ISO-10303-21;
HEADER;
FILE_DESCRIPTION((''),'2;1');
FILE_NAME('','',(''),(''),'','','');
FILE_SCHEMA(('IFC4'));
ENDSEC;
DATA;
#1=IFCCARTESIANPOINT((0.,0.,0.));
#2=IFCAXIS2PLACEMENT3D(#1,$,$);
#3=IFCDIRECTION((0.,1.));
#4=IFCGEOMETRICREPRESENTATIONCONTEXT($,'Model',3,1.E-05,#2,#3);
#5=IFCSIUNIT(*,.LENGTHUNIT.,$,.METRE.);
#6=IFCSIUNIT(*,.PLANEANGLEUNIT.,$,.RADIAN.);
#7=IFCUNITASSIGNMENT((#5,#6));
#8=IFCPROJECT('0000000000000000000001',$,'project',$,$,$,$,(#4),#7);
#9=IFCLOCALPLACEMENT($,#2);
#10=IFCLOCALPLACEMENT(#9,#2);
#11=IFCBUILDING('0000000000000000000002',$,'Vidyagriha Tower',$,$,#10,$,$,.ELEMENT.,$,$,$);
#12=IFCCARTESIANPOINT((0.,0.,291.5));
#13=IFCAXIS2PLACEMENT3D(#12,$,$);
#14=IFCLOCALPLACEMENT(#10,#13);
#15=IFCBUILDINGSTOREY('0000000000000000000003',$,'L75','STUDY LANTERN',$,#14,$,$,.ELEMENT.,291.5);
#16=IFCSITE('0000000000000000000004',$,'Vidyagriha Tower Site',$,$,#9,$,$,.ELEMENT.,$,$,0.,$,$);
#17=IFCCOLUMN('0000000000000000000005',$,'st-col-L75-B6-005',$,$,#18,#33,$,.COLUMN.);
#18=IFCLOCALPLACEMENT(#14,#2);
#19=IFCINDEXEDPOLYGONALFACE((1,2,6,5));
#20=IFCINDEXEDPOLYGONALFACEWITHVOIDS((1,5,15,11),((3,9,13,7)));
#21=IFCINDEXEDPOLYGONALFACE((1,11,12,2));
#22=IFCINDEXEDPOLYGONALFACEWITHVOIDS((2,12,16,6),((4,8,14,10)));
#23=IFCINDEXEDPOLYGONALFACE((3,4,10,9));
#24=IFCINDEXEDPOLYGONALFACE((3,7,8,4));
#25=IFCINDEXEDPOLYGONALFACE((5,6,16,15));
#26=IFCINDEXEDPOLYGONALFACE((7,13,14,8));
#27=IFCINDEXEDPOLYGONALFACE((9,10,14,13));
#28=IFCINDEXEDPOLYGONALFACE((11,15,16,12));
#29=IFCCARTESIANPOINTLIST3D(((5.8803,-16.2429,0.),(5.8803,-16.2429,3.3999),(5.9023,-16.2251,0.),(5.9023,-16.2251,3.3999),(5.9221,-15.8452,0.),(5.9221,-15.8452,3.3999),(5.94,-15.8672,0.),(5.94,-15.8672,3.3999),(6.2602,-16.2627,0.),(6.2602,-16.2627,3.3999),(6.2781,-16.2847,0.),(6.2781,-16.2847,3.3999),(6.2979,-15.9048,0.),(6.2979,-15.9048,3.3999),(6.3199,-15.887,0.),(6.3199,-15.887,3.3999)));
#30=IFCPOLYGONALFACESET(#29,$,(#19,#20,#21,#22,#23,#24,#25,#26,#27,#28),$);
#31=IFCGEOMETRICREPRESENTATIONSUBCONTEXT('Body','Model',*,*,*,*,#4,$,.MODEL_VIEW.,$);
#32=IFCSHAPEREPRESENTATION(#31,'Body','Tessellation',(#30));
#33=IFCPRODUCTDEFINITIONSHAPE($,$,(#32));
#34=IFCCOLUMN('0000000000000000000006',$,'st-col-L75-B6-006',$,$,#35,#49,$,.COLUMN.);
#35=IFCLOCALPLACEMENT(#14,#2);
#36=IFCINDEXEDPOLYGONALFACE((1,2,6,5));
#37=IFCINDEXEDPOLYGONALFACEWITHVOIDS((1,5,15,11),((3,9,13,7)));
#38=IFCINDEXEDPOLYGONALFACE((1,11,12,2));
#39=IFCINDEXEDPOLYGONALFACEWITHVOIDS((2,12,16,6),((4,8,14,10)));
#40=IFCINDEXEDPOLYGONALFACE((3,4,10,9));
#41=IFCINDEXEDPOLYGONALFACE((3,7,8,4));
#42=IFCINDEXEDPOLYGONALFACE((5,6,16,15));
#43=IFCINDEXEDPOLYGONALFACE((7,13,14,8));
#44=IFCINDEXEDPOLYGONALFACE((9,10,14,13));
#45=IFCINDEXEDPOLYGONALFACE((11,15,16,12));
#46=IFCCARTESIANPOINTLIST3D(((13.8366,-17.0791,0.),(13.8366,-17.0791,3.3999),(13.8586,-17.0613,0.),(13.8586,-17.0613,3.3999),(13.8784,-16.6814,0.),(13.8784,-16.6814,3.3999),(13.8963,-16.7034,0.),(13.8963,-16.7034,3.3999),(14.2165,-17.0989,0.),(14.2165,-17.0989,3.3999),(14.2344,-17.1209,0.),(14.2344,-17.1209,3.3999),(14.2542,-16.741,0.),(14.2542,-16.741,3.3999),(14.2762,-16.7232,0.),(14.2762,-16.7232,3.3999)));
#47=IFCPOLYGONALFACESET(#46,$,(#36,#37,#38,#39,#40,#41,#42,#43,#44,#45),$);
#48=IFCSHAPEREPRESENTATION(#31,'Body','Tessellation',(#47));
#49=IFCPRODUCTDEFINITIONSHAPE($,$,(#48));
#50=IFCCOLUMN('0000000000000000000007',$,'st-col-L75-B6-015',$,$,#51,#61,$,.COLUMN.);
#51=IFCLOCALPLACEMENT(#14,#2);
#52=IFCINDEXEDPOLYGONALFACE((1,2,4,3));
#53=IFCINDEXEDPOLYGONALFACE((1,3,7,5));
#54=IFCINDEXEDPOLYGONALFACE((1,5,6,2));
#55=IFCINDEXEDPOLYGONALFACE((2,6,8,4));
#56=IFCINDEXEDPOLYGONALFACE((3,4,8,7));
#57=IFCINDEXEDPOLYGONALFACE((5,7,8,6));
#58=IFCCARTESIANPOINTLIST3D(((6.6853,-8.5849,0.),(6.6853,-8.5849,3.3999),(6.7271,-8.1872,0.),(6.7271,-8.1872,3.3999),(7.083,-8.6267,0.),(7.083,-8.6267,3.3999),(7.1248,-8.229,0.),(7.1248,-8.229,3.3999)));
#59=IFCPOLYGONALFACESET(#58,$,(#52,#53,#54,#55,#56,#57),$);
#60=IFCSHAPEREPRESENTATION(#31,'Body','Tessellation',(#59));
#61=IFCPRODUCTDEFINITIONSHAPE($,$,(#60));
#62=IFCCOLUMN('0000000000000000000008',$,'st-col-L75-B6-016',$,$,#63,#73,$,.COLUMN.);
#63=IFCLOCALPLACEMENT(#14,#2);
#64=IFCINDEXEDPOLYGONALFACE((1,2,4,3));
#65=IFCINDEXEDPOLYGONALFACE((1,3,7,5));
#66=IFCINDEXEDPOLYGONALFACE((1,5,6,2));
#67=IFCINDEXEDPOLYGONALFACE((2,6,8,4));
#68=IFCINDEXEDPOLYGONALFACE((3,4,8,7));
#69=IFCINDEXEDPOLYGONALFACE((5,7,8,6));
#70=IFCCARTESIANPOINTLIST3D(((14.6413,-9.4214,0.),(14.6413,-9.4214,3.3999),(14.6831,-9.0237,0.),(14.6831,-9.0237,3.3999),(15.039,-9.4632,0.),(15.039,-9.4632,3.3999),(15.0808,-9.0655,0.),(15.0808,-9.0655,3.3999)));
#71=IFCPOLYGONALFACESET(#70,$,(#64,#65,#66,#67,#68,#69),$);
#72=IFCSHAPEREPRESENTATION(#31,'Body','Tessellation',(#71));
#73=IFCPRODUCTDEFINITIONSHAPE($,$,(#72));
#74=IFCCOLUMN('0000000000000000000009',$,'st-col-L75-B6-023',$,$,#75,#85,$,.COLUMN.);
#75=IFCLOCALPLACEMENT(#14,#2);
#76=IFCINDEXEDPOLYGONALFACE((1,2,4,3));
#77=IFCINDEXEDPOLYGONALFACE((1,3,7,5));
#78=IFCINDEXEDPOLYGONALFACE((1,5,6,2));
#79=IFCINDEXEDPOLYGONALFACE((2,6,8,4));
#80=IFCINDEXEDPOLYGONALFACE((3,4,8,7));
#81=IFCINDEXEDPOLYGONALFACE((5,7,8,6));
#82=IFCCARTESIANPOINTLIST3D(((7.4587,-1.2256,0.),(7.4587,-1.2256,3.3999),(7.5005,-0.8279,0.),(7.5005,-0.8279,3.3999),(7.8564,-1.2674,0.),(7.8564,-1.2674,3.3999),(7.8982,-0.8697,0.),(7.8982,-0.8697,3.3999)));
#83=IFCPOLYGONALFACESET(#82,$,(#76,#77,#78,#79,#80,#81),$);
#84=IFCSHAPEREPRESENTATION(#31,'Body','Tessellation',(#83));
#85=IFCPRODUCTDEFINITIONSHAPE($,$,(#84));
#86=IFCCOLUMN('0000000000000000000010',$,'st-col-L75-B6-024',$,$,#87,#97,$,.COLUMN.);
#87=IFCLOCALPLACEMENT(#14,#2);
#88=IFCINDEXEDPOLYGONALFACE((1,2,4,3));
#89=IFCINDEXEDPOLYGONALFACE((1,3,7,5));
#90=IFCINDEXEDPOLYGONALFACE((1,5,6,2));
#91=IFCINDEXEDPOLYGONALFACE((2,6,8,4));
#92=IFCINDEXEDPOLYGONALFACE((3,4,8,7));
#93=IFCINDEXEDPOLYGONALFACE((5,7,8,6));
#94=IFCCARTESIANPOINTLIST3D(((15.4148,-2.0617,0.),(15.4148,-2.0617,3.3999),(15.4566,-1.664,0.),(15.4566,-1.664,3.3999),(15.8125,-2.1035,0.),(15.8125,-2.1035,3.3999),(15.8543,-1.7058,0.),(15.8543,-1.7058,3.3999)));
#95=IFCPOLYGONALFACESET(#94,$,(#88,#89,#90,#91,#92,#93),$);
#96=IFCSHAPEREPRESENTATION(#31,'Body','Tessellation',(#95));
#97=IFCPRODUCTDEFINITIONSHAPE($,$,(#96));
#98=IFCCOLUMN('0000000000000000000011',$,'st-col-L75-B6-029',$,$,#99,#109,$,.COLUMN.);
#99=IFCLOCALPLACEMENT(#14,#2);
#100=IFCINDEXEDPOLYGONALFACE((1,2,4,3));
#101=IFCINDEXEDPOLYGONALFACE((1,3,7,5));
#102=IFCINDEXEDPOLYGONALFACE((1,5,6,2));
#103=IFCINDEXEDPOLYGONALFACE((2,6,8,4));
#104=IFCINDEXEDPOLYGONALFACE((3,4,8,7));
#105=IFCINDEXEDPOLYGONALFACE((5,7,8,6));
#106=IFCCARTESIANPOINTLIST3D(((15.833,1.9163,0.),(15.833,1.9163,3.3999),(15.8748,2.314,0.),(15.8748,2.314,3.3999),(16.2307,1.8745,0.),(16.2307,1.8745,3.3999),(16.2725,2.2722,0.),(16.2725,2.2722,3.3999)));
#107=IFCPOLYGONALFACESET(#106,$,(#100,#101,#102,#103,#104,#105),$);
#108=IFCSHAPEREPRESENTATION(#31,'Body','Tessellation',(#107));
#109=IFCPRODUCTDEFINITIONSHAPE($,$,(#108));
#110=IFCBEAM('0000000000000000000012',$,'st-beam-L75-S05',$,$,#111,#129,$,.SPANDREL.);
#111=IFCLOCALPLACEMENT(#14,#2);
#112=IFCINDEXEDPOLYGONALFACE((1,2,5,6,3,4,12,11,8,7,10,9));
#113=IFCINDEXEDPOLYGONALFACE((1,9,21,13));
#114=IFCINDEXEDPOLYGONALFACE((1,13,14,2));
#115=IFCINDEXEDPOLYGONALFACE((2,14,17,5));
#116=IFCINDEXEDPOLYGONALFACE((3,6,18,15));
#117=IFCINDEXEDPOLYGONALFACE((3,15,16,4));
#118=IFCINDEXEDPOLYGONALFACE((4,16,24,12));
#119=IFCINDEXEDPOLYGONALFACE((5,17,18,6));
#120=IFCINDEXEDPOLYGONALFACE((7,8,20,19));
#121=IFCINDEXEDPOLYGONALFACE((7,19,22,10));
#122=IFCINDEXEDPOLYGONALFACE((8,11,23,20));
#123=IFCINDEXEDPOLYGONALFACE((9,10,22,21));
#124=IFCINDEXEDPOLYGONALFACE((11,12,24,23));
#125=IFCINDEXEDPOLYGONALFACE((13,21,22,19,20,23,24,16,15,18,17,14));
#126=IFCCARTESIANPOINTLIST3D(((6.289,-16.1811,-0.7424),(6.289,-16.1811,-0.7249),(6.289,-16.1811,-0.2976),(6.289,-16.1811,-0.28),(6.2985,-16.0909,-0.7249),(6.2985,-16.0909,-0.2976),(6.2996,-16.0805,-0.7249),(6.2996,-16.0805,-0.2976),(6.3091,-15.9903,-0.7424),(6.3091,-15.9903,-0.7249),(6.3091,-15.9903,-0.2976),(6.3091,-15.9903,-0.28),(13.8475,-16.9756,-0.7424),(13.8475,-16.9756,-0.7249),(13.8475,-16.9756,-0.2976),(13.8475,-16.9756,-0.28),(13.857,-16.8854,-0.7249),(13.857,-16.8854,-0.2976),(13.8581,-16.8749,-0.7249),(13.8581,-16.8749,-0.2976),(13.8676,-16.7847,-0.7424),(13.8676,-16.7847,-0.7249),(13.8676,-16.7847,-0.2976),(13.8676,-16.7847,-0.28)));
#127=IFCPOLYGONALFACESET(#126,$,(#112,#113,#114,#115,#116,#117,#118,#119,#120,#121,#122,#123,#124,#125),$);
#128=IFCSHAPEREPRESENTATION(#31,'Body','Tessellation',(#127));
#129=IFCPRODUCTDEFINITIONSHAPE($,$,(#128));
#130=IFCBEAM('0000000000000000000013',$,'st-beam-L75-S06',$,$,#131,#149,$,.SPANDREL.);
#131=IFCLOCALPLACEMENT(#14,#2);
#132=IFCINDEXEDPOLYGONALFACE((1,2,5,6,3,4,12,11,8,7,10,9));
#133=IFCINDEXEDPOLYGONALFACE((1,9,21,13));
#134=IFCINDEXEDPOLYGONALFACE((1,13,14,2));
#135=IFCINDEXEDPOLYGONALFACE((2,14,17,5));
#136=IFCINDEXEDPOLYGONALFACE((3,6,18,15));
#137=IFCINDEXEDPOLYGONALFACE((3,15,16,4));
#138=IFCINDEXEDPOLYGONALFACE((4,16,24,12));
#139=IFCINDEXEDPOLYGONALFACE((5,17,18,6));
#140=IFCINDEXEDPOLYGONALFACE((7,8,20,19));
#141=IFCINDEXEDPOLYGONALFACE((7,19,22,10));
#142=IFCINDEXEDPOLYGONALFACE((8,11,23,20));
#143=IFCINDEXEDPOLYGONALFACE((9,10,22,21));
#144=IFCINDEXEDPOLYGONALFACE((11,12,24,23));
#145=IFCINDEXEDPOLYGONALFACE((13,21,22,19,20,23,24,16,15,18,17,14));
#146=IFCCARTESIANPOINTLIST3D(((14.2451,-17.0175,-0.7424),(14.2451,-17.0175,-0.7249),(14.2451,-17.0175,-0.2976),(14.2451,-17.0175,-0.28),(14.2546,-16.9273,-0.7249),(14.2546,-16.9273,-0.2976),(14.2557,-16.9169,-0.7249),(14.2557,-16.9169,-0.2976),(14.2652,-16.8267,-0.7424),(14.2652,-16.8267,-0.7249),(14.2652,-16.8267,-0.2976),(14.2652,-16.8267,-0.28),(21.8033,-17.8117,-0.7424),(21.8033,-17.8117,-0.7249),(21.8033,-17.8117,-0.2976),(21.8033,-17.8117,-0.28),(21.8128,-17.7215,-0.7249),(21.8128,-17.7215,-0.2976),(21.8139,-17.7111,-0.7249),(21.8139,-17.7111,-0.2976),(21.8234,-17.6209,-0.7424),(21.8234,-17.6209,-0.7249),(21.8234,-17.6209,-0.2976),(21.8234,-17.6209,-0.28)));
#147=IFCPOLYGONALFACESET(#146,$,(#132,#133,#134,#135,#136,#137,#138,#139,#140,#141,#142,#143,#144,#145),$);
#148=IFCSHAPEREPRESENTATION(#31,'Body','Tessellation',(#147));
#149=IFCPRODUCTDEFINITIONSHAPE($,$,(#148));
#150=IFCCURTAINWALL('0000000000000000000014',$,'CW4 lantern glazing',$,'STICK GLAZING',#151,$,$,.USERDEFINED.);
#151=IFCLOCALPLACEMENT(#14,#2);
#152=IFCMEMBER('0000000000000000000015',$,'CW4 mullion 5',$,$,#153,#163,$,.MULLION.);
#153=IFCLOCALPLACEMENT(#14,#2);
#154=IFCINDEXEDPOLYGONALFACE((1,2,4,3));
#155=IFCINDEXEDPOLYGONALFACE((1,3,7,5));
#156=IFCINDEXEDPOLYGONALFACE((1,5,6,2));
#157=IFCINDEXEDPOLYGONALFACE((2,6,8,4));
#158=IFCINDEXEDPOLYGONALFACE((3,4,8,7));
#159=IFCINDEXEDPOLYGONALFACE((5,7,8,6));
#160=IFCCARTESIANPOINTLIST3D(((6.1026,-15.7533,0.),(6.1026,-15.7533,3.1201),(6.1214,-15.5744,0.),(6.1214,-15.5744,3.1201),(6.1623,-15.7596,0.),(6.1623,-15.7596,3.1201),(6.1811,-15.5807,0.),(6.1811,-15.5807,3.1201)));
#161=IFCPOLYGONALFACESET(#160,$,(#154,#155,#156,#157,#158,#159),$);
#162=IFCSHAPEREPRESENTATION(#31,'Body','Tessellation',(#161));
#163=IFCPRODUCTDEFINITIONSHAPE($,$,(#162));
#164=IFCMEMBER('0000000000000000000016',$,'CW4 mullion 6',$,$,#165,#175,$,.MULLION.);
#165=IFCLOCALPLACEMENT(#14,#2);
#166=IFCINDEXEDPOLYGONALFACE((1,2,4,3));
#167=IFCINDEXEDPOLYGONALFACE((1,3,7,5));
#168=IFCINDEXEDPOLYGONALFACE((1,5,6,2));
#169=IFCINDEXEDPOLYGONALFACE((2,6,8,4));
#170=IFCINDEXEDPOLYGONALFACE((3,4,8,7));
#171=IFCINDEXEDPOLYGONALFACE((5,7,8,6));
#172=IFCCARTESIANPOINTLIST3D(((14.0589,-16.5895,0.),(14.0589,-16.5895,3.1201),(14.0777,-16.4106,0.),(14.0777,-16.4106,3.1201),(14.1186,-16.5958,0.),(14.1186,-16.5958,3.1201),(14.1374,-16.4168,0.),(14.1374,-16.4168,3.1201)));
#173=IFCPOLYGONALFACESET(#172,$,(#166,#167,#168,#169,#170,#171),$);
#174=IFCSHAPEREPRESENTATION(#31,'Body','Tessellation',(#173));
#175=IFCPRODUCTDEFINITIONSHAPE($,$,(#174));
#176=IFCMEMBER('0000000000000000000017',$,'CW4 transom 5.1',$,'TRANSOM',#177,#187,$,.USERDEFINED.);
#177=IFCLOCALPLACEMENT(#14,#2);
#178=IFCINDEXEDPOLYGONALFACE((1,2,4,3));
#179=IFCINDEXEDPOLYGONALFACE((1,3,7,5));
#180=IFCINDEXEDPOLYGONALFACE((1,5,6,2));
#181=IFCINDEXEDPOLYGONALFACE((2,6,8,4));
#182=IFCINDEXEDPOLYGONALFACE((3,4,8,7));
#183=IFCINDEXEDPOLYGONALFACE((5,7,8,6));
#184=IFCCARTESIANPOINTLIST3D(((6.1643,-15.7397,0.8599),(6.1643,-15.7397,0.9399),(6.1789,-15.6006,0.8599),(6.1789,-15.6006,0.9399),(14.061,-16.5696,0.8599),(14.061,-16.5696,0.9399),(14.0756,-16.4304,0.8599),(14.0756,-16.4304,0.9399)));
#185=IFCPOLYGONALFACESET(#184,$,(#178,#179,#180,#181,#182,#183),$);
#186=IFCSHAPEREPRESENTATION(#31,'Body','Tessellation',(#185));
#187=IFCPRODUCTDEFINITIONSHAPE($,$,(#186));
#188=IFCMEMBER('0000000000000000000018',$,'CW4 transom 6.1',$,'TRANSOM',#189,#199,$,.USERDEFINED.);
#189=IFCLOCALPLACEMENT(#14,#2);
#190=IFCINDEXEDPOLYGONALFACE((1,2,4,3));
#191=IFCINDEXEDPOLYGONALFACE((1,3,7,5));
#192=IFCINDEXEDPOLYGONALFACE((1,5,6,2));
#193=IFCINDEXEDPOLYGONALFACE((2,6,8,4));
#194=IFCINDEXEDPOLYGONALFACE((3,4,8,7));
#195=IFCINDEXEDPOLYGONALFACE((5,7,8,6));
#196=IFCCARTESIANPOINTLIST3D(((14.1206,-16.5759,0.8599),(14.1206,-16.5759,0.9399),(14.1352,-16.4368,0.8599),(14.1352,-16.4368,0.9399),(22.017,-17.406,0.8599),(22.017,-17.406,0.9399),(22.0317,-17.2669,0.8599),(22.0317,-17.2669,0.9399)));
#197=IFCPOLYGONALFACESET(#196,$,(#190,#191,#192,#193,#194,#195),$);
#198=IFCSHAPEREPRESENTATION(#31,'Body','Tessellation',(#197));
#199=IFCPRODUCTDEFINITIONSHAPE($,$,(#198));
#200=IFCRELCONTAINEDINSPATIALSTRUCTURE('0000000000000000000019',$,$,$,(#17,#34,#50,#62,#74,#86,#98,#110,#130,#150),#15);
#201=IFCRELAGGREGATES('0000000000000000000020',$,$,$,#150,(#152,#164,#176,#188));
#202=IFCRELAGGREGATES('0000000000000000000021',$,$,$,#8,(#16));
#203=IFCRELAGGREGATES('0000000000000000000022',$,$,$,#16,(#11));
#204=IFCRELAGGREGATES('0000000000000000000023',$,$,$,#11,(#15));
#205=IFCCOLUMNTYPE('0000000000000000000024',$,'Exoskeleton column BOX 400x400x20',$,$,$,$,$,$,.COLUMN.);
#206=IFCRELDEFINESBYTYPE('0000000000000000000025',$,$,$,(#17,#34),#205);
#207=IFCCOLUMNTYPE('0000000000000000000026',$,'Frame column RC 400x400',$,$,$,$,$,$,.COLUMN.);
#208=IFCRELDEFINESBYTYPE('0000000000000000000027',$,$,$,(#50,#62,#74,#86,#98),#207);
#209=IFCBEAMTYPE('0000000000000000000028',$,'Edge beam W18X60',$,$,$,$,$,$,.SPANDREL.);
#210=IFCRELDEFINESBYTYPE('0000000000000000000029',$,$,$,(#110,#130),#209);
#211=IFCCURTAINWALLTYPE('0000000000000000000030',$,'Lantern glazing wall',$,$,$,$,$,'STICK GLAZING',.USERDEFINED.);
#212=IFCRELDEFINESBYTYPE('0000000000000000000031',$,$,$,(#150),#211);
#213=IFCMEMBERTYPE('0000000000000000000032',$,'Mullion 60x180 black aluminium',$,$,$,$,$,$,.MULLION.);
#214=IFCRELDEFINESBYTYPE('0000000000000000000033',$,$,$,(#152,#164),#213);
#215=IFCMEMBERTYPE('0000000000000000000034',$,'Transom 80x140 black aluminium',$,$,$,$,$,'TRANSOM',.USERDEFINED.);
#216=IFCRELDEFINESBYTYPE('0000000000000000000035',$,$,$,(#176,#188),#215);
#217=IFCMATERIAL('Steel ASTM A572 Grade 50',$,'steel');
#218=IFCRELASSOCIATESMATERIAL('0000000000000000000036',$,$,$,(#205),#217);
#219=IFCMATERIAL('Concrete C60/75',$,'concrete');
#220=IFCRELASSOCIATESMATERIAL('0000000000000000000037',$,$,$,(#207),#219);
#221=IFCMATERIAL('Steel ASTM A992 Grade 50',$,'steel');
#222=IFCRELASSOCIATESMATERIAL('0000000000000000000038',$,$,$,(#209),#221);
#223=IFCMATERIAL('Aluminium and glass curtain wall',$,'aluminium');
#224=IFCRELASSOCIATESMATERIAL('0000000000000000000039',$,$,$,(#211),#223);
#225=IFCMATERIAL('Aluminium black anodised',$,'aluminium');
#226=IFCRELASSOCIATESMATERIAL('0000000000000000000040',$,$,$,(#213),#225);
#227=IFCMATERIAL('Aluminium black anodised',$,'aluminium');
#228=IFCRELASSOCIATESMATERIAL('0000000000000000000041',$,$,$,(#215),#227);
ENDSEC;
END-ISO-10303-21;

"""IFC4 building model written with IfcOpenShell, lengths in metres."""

from ifc_helpers import new_model, si_unit, direction, frame, origin, origin_2d, place, context, subcontext, project, spatial, rectangle, hollow_rectangle, i_section, extrude, material, material_profile, profile_set, type_object, element, aggregate, save


model = new_model("IFC4")

# Units and contexts
model_context = context("Model", 3, precision=1e-05, world=origin(), true_north=direction((0.0, 1.0)))
body_context = subcontext(model_context, "Body", "Model", "MODEL_VIEW")
ifc_project = project(units=[si_unit("LENGTHUNIT", "METRE"), si_unit("PLANEANGLEUNIT", "RADIAN")], contexts=[model_context])

# Site, building, storey
site_placement = place(None, origin())
site = spatial("IfcSite", under=ifc_project, at=site_placement, Name="Vidyagriha Tower Site", CompositionType="ELEMENT", RefElevation=0.0)
building_placement = place(site_placement, origin())
building = spatial("IfcBuilding", under=site, at=building_placement, Name="Vidyagriha Tower", CompositionType="ELEMENT")
storey_placement = place(building_placement, frame((0.0, 0.0, 291.5)))
storey = spatial("IfcBuildingStorey", under=building, at=storey_placement, Name="L75", Description="STUDY LANTERN", CompositionType="ELEMENT", Elevation=291.5)

# Columns
ifc_material_1 = material(Name="Steel ASTM A572 Grade 50", Category="steel")
ifc_material_profile_1 = material_profile(ifc_material_1, hollow_rectangle(XDim=0.3999, YDim=0.3999, WallThickness=0.02, at=origin_2d()), Name="BOX 400x400x20")
ifc_profile_set_1 = profile_set([ifc_material_profile_1], Name="Steel ASTM A572 Grade 50")
column_type_1 = type_object("IfcColumnType", Name="Exoskeleton column BOX 400x400x20", PredefinedType="COLUMN", material=ifc_profile_set_1)
for number, where, z_axis, x_axis, name in (
    (1, (6.1001, -16.0649, 0.0), (0.0, 0.0, 1.0), (0.994522, -0.104528, 0.0), "st-col-L75-B6-005"),
    (2, (14.0564, -16.9011, 0.0), (0.0, 0.0, 1.0), (0.994522, -0.104528, 0.0), "st-col-L75-B6-006"),
):
    element("IfcColumn", number, at=place(storey_placement, frame(where, z_axis=z_axis, x_axis=x_axis)), inside=storey, type_object=column_type_1, Name=name, PredefinedType="COLUMN", context=body_context, shape_type="SweptSolid", body=[
        extrude(hollow_rectangle(XDim=0.3999, YDim=0.3999, WallThickness=0.02, at=origin_2d()), origin(), (0.0, 0.0, 1.0), 3.3999),
    ])
ifc_material_2 = material(Name="Concrete C60/75", Category="concrete")
ifc_material_profile_2 = material_profile(ifc_material_2, rectangle(XDim=0.3999, YDim=0.3999, at=origin_2d()), Name="RC 400x400")
ifc_profile_set_2 = profile_set([ifc_material_profile_2], Name="Concrete C60/75")
column_type_2 = type_object("IfcColumnType", Name="Frame column RC 400x400", PredefinedType="COLUMN", material=ifc_profile_set_2)
for number, where, z_axis, x_axis, name in (
    (3, (6.905, -8.407, 0.0), (0.0, 0.0, 1.0), (0.994522, -0.104528, 0.0), "st-col-L75-B6-015"),
    (4, (14.8611, -9.2434, 0.0), (0.0, 0.0, 1.0), (0.994522, -0.104528, 0.0), "st-col-L75-B6-016"),
    (5, (7.6785, -1.0476, 0.0), (0.0, 0.0, 1.0), (0.994522, -0.104528, 0.0), "st-col-L75-B6-023"),
    (6, (15.6345, -1.8838, 0.0), (0.0, 0.0, 1.0), (0.994522, -0.104528, 0.0), "st-col-L75-B6-024"),
    (7, (16.0527, 2.0942, 0.0), (0.0, 0.0, 1.0), (0.994522, -0.104528, 0.0), "st-col-L75-B6-029"),
):
    element("IfcColumn", number, at=place(storey_placement, frame(where, z_axis=z_axis, x_axis=x_axis)), inside=storey, type_object=column_type_2, Name=name, PredefinedType="COLUMN", context=body_context, shape_type="SweptSolid", body=[
        extrude(rectangle(XDim=0.3999, YDim=0.3999, at=origin_2d()), origin(), (0.0, 0.0, 1.0), 3.3999),
    ])

# Beams
ifc_material_3 = material(Name="Steel ASTM A992 Grade 50", Category="steel")
ifc_material_profile_3 = material_profile(ifc_material_3, i_section(OverallWidth=0.1919, OverallDepth=0.4624, WebThickness=0.0105, FlangeThickness=0.0176, at=origin_2d()), Name="W18X60")
ifc_profile_set_3 = profile_set([ifc_material_profile_3], Name="Steel ASTM A992 Grade 50")
beam_type = type_object("IfcBeamType", Name="Edge beam W18X60", PredefinedType="SPANDREL", material=ifc_profile_set_3)
beam_1_placement = place(storey_placement, frame((6.2991, -16.0857, -0.5112), z_axis=(0.994522, -0.104531, 0.0), x_axis=(0.104531, 0.994522, 0.0)))
element("IfcBeam", 8, at=beam_1_placement, inside=storey, type_object=beam_type, Name="st-beam-L75-S05", PredefinedType="SPANDREL", context=body_context, shape_type="SweptSolid", body=[
    extrude(i_section(OverallWidth=0.1919, OverallDepth=0.4624, WebThickness=0.0105, FlangeThickness=0.0176, at=origin_2d()), origin(), (0.0, 0.0, 1.0), 7.6001),
])
beam_2_placement = place(storey_placement, frame((14.2551, -16.9221, -0.5112), z_axis=(0.994525, -0.104499, 0.0), x_axis=(0.104499, 0.994525, 0.0)))
element("IfcBeam", 9, at=beam_2_placement, inside=storey, type_object=beam_type, Name="st-beam-L75-S06", PredefinedType="SPANDREL", context=body_context, shape_type="SweptSolid", body=[
    extrude(i_section(OverallWidth=0.1919, OverallDepth=0.4624, WebThickness=0.0105, FlangeThickness=0.0176, at=origin_2d()), origin(), (0.0, 0.0, 1.0), 7.5999),
])

# Curtain wall, members
ifc_material_4 = material(Name="Aluminium and glass curtain wall", Category="aluminium")
curtain_wall_type = type_object("IfcCurtainWallType", Name="Lantern glazing wall", ElementType="STICK GLAZING", PredefinedType="USERDEFINED", material=ifc_material_4)
curtain_wall_placement = place(storey_placement, origin())
curtain_wall = element("IfcCurtainWall", 10, at=curtain_wall_placement, inside=storey, type_object=curtain_wall_type, Name="CW4 lantern glazing", ObjectType="STICK GLAZING", PredefinedType="USERDEFINED")
ifc_material_5 = material(Name="Aluminium black anodised", Category="aluminium")
ifc_material_profile_4 = material_profile(ifc_material_5, rectangle(XDim=0.1799, YDim=0.0601, at=origin_2d()), Name="Mullion 60x180 black aluminium")
ifc_profile_set_4 = profile_set([ifc_material_profile_4], Name="Aluminium black anodised")
member_type_1 = type_object("IfcMemberType", Name="Mullion 60x180 black aluminium", PredefinedType="MULLION", material=ifc_profile_set_4)
member_1_placement = place(storey_placement, frame((6.1418, -15.667, 0.0), z_axis=(0.0, 0.0, 1.0), x_axis=(0.104528, 0.994522, 0.0)))
member_1 = element("IfcMember", 11, at=member_1_placement, type_object=member_type_1, Name="CW4 mullion 5", PredefinedType="MULLION", context=body_context, shape_type="SweptSolid", body=[
    extrude(rectangle(XDim=0.1799, YDim=0.0601, at=origin_2d()), origin(), (0.0, 0.0, 1.0), 3.1201),
])
member_2_placement = place(storey_placement, frame((14.0981, -16.5032, 0.0), z_axis=(0.0, 0.0, 1.0), x_axis=(0.104528, 0.994522, 0.0)))
member_2 = element("IfcMember", 12, at=member_2_placement, type_object=member_type_1, Name="CW4 mullion 6", PredefinedType="MULLION", context=body_context, shape_type="SweptSolid", body=[
    extrude(rectangle(XDim=0.1799, YDim=0.0601, at=origin_2d()), origin(), (0.0, 0.0, 1.0), 3.1201),
])
ifc_material_6 = material(Name="Aluminium black anodised", Category="aluminium")
ifc_material_profile_5 = material_profile(ifc_material_6, rectangle(XDim=0.1399, YDim=0.0801, at=origin_2d()), Name="Transom 80x140 black aluminium")
ifc_profile_set_5 = profile_set([ifc_material_profile_5], Name="Aluminium black anodised")
member_type_2 = type_object("IfcMemberType", Name="Transom 80x140 black aluminium", ElementType="TRANSOM", PredefinedType="USERDEFINED", material=ifc_profile_set_5)
member_3_placement = place(storey_placement, frame((6.1716, -15.6702, 0.8999), z_axis=(0.994524, -0.10451, 0.0), x_axis=(0.10451, 0.994524, 0.0)))
member_3 = element("IfcMember", 13, at=member_3_placement, type_object=member_type_2, Name="CW4 transom 5.1", ObjectType="TRANSOM", PredefinedType="USERDEFINED", context=body_context, shape_type="SweptSolid", body=[
    extrude(rectangle(XDim=0.1399, YDim=0.0801, at=origin_2d()), origin(), (0.0, 0.0, 1.0), 7.9402),
])
member_4_placement = place(storey_placement, frame((14.1279, -16.5063, 0.8999), z_axis=(0.99452, -0.104544, 0.0), x_axis=(0.104544, 0.99452, 0.0)))
member_4 = element("IfcMember", 14, at=member_4_placement, type_object=member_type_2, Name="CW4 transom 6.1", ObjectType="TRANSOM", PredefinedType="USERDEFINED", context=body_context, shape_type="SweptSolid", body=[
    extrude(rectangle(XDim=0.1399, YDim=0.0801, at=origin_2d()), origin(), (0.0, 0.0, 1.0), 7.9399),
])
aggregate(curtain_wall, [member_1, member_2, member_3, member_4])

save(model, "model.ifc")
